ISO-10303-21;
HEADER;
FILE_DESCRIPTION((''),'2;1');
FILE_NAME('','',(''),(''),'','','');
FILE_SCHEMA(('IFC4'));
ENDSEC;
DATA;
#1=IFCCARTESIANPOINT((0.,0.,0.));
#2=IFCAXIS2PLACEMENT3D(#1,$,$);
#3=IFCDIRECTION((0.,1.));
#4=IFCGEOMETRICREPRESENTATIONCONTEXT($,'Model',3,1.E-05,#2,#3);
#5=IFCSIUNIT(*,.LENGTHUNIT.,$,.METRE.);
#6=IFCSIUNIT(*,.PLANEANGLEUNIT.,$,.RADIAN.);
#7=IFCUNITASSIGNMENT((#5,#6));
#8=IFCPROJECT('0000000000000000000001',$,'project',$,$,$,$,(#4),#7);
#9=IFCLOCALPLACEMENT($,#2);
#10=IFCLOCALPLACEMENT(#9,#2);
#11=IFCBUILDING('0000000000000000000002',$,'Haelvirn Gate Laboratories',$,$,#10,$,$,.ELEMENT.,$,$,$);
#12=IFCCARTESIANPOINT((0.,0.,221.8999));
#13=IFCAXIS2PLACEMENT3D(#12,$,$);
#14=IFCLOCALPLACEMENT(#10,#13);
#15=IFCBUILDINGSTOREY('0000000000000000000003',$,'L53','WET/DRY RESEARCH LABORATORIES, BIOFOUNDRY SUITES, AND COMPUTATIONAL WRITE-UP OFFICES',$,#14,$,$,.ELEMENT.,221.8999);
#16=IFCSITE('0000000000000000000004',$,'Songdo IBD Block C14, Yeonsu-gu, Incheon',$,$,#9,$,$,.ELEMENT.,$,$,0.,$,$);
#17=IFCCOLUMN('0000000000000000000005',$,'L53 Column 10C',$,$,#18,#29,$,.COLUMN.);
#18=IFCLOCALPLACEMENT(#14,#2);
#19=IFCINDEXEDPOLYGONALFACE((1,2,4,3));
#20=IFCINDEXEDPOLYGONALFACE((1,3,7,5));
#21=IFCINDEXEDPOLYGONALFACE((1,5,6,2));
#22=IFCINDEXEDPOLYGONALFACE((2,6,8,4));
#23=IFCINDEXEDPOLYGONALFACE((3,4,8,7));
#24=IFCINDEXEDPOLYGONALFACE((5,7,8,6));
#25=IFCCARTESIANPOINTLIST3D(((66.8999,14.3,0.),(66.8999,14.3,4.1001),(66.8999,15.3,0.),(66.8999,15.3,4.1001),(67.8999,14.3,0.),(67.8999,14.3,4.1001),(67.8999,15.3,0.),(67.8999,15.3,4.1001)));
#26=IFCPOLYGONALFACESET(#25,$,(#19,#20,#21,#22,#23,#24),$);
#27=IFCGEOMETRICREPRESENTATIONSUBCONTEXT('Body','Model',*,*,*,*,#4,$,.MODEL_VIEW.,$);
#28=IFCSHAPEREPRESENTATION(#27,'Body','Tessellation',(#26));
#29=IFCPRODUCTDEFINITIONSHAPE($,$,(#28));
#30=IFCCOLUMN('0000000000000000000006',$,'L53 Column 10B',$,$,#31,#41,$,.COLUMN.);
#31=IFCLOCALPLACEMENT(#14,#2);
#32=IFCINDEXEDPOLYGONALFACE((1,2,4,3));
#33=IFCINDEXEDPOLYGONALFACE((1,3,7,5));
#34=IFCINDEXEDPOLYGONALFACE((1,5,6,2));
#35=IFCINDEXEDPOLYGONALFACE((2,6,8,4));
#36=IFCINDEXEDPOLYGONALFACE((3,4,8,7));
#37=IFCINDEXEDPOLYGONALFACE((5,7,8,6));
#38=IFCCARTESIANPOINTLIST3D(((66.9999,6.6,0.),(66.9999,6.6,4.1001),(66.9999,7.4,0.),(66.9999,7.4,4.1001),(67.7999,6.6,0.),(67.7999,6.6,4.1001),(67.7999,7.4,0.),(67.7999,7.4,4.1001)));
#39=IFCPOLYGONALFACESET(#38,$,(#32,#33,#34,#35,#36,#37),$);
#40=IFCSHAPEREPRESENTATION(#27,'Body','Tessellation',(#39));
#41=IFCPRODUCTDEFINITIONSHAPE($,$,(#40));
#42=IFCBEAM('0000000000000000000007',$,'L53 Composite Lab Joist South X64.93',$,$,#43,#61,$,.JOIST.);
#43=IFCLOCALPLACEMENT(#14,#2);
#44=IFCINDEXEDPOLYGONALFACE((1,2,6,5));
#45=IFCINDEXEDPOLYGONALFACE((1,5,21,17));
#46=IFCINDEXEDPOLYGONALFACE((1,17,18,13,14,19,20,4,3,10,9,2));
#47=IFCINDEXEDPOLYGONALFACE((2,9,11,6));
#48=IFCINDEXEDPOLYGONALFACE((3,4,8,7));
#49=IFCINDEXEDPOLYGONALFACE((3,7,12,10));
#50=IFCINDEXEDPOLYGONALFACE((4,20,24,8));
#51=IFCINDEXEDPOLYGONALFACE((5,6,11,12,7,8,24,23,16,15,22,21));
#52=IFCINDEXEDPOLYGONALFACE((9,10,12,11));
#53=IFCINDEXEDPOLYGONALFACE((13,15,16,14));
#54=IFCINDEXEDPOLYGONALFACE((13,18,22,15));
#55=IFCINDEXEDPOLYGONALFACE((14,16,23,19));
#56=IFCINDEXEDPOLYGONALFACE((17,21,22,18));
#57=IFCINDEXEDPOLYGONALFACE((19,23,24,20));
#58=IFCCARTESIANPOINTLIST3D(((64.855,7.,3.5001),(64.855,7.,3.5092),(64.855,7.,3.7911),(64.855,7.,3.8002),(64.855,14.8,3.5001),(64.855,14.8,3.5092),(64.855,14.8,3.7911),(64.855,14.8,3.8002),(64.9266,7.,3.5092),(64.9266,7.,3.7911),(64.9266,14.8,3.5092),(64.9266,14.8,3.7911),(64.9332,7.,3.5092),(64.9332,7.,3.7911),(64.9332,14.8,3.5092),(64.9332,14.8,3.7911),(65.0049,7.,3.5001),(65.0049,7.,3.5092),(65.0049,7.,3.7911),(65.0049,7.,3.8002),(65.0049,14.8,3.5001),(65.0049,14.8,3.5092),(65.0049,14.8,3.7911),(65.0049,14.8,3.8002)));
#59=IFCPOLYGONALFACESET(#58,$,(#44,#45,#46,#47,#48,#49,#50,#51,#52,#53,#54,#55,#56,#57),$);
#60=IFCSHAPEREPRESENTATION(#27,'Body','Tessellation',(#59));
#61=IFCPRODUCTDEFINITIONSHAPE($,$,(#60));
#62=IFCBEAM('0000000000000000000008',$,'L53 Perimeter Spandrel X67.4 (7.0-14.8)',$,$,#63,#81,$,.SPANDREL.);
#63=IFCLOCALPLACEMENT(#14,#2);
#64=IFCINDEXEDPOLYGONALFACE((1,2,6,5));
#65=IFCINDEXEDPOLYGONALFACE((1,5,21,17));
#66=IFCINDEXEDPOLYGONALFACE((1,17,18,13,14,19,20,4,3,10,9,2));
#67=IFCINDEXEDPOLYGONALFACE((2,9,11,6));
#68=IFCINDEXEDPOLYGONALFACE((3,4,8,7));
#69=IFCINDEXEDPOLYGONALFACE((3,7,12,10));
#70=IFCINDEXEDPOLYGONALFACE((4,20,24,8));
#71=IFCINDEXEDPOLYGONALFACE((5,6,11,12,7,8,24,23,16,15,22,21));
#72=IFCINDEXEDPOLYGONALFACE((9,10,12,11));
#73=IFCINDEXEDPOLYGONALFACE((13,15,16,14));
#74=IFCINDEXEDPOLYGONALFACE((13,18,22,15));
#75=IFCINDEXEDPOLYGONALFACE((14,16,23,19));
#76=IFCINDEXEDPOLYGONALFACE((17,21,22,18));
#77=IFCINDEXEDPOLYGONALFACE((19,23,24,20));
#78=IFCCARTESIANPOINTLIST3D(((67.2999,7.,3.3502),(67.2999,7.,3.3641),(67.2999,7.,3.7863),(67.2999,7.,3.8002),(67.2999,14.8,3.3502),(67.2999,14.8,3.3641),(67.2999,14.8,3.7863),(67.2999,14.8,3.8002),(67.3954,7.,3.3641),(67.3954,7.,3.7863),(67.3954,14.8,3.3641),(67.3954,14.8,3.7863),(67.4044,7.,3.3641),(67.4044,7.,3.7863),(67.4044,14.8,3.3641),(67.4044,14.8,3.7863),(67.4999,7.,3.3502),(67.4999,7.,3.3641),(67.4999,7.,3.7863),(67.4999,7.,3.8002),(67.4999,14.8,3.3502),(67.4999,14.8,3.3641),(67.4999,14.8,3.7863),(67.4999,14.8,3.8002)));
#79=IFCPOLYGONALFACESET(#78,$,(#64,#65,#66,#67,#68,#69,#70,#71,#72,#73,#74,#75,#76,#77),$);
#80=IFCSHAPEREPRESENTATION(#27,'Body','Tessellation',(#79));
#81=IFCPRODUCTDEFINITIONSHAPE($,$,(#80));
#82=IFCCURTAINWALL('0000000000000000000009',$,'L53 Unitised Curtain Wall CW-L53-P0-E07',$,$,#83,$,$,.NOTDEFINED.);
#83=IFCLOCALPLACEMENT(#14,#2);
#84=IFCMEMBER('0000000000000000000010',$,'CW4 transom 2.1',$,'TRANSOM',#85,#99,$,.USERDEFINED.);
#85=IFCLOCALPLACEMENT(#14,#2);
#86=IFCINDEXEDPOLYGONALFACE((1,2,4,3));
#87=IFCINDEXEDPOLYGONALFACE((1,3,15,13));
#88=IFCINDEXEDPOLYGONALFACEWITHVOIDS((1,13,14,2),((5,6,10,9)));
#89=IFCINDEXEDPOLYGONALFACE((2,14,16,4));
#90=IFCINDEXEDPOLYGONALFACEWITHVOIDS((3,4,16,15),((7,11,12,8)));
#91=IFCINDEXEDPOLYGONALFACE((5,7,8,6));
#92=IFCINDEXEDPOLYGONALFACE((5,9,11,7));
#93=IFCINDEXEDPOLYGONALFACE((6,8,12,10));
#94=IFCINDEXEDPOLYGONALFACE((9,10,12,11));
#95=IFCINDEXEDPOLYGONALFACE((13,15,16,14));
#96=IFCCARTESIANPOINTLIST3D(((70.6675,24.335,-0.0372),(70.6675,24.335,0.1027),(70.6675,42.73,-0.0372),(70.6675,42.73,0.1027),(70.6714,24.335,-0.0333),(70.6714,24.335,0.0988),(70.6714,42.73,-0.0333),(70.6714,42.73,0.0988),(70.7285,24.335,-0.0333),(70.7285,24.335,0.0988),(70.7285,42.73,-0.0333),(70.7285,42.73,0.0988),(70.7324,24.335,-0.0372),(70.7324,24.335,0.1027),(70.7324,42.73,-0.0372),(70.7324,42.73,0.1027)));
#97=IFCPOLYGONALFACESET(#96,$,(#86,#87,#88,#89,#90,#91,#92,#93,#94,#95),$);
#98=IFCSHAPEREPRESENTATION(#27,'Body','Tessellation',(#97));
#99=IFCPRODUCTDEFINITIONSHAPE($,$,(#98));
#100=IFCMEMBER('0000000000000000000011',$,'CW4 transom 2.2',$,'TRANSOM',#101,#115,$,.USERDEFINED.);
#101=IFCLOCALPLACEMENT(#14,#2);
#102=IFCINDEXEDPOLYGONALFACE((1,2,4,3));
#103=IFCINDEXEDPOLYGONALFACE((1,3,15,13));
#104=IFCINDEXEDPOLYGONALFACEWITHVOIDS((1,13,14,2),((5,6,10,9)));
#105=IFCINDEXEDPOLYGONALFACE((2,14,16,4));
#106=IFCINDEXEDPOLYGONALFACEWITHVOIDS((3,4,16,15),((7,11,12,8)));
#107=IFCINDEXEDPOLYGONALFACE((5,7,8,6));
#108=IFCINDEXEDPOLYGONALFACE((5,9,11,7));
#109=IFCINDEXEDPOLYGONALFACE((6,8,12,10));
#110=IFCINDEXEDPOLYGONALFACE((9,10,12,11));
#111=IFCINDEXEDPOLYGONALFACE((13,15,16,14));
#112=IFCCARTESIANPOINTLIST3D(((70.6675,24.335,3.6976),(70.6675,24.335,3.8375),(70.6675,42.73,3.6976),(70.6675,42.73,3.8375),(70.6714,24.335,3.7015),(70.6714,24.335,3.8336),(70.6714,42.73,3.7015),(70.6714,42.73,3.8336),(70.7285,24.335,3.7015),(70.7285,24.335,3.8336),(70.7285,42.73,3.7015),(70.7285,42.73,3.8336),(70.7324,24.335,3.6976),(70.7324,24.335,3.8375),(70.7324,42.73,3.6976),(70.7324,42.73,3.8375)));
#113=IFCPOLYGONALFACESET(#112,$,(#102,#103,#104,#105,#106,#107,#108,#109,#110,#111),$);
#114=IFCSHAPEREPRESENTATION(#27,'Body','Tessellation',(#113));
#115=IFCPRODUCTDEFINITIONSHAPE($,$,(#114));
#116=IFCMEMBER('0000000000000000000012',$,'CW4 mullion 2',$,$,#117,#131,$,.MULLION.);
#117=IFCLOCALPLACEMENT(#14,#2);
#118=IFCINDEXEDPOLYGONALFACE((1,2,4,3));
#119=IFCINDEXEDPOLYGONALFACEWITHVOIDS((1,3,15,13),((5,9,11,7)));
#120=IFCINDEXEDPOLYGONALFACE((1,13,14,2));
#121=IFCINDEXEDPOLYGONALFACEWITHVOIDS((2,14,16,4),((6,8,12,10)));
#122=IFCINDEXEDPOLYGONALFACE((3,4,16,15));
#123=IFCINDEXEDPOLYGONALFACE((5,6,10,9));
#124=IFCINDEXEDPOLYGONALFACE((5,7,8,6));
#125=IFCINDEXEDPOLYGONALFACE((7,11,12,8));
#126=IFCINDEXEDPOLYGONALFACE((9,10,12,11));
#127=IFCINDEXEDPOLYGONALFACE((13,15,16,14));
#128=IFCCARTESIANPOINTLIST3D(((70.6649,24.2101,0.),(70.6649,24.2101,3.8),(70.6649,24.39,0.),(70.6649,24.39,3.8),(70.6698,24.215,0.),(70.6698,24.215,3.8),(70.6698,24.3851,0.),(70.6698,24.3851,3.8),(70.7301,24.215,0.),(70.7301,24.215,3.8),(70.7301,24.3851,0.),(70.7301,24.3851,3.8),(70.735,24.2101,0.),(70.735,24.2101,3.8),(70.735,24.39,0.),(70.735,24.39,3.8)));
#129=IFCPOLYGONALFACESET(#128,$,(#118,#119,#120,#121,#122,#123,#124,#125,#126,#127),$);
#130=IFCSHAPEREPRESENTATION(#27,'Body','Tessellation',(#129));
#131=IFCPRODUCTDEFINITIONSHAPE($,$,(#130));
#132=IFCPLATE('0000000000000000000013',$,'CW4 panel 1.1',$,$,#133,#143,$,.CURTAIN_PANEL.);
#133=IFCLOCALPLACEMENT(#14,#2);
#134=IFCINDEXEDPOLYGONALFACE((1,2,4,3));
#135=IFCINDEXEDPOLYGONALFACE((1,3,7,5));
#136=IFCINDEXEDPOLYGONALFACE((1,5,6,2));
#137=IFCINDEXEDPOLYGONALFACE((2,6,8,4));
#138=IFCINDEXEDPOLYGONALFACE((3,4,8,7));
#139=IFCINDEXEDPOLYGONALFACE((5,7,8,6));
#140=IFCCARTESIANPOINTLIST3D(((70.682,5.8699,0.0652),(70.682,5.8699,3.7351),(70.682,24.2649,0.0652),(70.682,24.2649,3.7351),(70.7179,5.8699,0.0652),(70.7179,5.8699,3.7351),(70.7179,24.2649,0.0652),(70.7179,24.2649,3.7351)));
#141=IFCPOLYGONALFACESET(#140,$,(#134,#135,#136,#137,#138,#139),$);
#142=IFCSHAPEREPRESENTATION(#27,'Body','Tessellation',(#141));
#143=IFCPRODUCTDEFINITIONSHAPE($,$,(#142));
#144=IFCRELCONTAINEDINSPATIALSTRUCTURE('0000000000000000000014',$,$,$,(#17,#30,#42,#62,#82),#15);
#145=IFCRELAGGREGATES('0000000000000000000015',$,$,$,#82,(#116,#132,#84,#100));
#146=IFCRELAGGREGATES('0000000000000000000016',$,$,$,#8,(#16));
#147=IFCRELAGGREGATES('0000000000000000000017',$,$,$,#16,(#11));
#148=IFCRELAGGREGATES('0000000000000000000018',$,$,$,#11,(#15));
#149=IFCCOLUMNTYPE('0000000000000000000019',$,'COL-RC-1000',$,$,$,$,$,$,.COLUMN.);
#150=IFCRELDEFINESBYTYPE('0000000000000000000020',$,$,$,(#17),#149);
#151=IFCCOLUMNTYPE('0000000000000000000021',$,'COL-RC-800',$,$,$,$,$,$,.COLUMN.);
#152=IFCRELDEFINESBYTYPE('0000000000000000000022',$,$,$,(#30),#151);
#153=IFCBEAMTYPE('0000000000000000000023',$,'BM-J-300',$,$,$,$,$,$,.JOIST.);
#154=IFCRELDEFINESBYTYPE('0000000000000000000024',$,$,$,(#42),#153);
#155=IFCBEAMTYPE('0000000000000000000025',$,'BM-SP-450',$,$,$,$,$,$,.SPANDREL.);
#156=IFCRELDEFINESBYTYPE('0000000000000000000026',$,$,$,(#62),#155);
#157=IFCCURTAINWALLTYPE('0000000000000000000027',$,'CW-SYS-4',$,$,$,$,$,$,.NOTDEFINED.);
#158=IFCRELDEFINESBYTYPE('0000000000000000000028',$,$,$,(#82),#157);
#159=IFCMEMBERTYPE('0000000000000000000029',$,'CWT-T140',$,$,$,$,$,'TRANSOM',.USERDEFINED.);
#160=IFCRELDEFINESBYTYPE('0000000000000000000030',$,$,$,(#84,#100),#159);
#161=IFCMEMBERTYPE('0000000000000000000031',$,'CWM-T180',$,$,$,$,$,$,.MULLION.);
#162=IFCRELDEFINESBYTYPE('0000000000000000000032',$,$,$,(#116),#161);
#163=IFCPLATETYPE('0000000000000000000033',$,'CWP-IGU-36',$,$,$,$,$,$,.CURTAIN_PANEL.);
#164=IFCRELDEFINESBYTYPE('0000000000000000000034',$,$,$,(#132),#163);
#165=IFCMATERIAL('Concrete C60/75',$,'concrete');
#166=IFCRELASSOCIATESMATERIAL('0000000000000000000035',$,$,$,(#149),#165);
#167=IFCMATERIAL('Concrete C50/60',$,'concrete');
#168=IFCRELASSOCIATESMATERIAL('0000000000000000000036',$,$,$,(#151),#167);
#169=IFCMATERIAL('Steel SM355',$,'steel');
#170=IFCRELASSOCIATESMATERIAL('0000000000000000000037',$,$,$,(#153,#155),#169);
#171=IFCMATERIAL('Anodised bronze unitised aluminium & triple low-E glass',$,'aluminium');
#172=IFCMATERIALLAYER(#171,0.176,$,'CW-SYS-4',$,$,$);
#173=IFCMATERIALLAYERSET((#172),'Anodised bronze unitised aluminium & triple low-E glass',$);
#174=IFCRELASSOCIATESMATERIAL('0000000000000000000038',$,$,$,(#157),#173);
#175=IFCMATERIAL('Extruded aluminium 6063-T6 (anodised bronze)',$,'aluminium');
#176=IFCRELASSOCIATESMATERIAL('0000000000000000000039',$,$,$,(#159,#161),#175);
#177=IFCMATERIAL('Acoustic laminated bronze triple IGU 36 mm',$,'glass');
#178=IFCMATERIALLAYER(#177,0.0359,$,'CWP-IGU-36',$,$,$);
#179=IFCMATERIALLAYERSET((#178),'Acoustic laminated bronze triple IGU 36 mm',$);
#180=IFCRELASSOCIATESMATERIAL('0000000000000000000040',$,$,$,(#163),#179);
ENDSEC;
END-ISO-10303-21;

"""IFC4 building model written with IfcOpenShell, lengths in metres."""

from ifc_helpers import new_model, si_unit, direction, frame, origin, origin_2d, place, context, subcontext, project, spatial, rectangle, hollow_rectangle, i_section, extrude, source, transform, mapped, material, layer, layer_set, material_profile, profile_set, type_object, type_shapes, element, aggregate, save


model = new_model("IFC4")

# Units and contexts
model_context = context("Model", 3, precision=1e-05, world=origin(), true_north=direction((0.0, 1.0)))
body_context = subcontext(model_context, "Body", "Model", "MODEL_VIEW")
ifc_project = project(units=[si_unit("LENGTHUNIT", "METRE"), si_unit("PLANEANGLEUNIT", "RADIAN")], contexts=[model_context])

# Site, building, storey
site_placement = place(None, origin())
site = spatial("IfcSite", under=ifc_project, at=site_placement, Name="Songdo IBD Block C14, Yeonsu-gu, Incheon", CompositionType="ELEMENT", RefElevation=0.0)
building_placement = place(site_placement, origin())
building = spatial("IfcBuilding", under=site, at=building_placement, Name="Haelvirn Gate Laboratories", CompositionType="ELEMENT")
storey_placement = place(building_placement, frame((0.0, 0.0, 221.8999)))
storey = spatial("IfcBuildingStorey", under=building, at=storey_placement, Name="L53", Description="WET/DRY RESEARCH LABORATORIES, BIOFOUNDRY SUITES, AND COMPUTATIONAL WRITE-UP OFFICES", CompositionType="ELEMENT", Elevation=221.8999)

# Columns
ifc_material_1 = material(Name="Concrete C60/75", Category="concrete")
ifc_material_profile_1 = material_profile(ifc_material_1, rectangle(XDim=1.0, YDim=1.0, at=origin_2d()), Name="RC-1000x1000")
ifc_profile_set_1 = profile_set([ifc_material_profile_1], Name="Concrete C60/75")
column_type_1 = type_object("IfcColumnType", Name="COL-RC-1000", PredefinedType="COLUMN", material=ifc_profile_set_1)
shared_shape_1 = source(origin(), body_context, "Body", "SweptSolid", [
    extrude(rectangle(XDim=1.0, YDim=1.0, at=origin_2d()), origin(), (0.0, 0.0, 1.0), 4.1001),
])
type_shapes(column_type_1, [shared_shape_1])
column_1_placement = place(storey_placement, frame((67.3999, 14.8, 0.0), z_axis=(0.0, 0.0, 1.0), x_axis=(1.0, 0.0, 0.0)))
element("IfcColumn", 1, at=column_1_placement, inside=storey, type_object=column_type_1, Name="L53 Column 10C", PredefinedType="COLUMN", context=body_context, shape_type="MappedRepresentation", body=[
    mapped(shared_shape_1, transform((0.0, 0.0, 0.0), scale=1.0)),
])
ifc_material_2 = material(Name="Concrete C50/60", Category="concrete")
ifc_material_profile_2 = material_profile(ifc_material_2, rectangle(XDim=0.8, YDim=0.8, at=origin_2d()), Name="RC-800x800")
ifc_profile_set_2 = profile_set([ifc_material_profile_2], Name="Concrete C50/60")
column_type_2 = type_object("IfcColumnType", Name="COL-RC-800", PredefinedType="COLUMN", material=ifc_profile_set_2)
shared_shape_2 = source(origin(), body_context, "Body", "SweptSolid", [
    extrude(rectangle(XDim=0.8, YDim=0.8, at=origin_2d()), origin(), (0.0, 0.0, 1.0), 4.1001),
])
type_shapes(column_type_2, [shared_shape_2])
column_2_placement = place(storey_placement, frame((67.3999, 7.0, 0.0), z_axis=(0.0, 0.0, 1.0), x_axis=(1.0, 0.0, 0.0)))
element("IfcColumn", 2, at=column_2_placement, inside=storey, type_object=column_type_2, Name="L53 Column 10B", PredefinedType="COLUMN", context=body_context, shape_type="MappedRepresentation", body=[
    mapped(shared_shape_2, transform((0.0, 0.0, 0.0), scale=1.0)),
])

# Beams
ifc_material_3 = material(Name="Steel SM355", Category="steel")
ifc_material_profile_3 = material_profile(ifc_material_3, i_section(OverallWidth=0.1499, OverallDepth=0.3, WebThickness=0.0066, FlangeThickness=0.009, at=origin_2d()), Name="H-300x150x6.5x9")
ifc_profile_set_3 = profile_set([ifc_material_profile_3], Name="Steel SM355")
beam_type_1 = type_object("IfcBeamType", Name="BM-J-300", PredefinedType="JOIST", material=ifc_profile_set_3)
shared_shape_3 = source(origin(), body_context, "Body", "SweptSolid", [
    extrude(i_section(OverallWidth=0.1499, OverallDepth=0.3, WebThickness=0.0066, FlangeThickness=0.009, at=origin_2d()), origin(), (0.0, 0.0, 1.0), 7.8),
])
type_shapes(beam_type_1, [shared_shape_3])
beam_1_placement = place(storey_placement, frame((64.9299, 7.0, 3.6501), z_axis=(0.0, 1.0, 0.0), x_axis=(-1.0, 0.0, 0.0)))
element("IfcBeam", 3, at=beam_1_placement, inside=storey, type_object=beam_type_1, Name="L53 Composite Lab Joist South X64.93", PredefinedType="JOIST", context=body_context, shape_type="MappedRepresentation", body=[
    mapped(shared_shape_3, transform((0.0, 0.0, 0.0), scale=1.0)),
])
ifc_material_profile_4 = material_profile(ifc_material_3, i_section(OverallWidth=0.2, OverallDepth=0.45, WebThickness=0.009, FlangeThickness=0.0139, at=origin_2d()), Name="H-450x200x9x14")
ifc_profile_set_4 = profile_set([ifc_material_profile_4], Name="Steel SM355")
beam_type_2 = type_object("IfcBeamType", Name="BM-SP-450", PredefinedType="SPANDREL", material=ifc_profile_set_4)
shared_shape_4 = source(origin(), body_context, "Body", "SweptSolid", [
    extrude(i_section(OverallWidth=0.2, OverallDepth=0.45, WebThickness=0.009, FlangeThickness=0.0139, at=origin_2d()), origin(), (0.0, 0.0, 1.0), 7.8),
])
type_shapes(beam_type_2, [shared_shape_4])
beam_2_placement = place(storey_placement, frame((67.3999, 7.0, 3.5752), z_axis=(0.0, 1.0, 0.0), x_axis=(-1.0, 0.0, 0.0)))
element("IfcBeam", 4, at=beam_2_placement, inside=storey, type_object=beam_type_2, Name="L53 Perimeter Spandrel X67.4 (7.0-14.8)", PredefinedType="SPANDREL", context=body_context, shape_type="MappedRepresentation", body=[
    mapped(shared_shape_4, transform((0.0, 0.0, 0.0), scale=1.0)),
])

# Curtain wall, members, plate
ifc_material_4 = material(Name="Anodised bronze unitised aluminium & triple low-E glass", Category="aluminium")
ifc_layer_1 = layer(ifc_material_4, 0.176, Name="CW-SYS-4")
ifc_layer_set_1 = layer_set([ifc_layer_1], Name="Anodised bronze unitised aluminium & triple low-E glass")
curtain_wall_type = type_object("IfcCurtainWallType", Name="CW-SYS-4", PredefinedType="NOTDEFINED", material=ifc_layer_set_1)
curtain_wall_placement = place(storey_placement, origin())
curtain_wall = element("IfcCurtainWall", 5, at=curtain_wall_placement, inside=storey, type_object=curtain_wall_type, Name="L53 Unitised Curtain Wall CW-L53-P0-E07", PredefinedType="NOTDEFINED")
ifc_material_5 = material(Name="Extruded aluminium 6063-T6 (anodised bronze)", Category="aluminium")
ifc_material_profile_5 = material_profile(ifc_material_5, hollow_rectangle(XDim=0.0649, YDim=0.1399, WallThickness=0.0039, at=origin_2d()), Name="CWT-140x65x4")
ifc_profile_set_5 = profile_set([ifc_material_profile_5], Name="Extruded aluminium 6063-T6 (anodised bronze)")
member_type_1 = type_object("IfcMemberType", Name="CWT-T140", ElementType="TRANSOM", PredefinedType="USERDEFINED", material=ifc_profile_set_5)
shared_shape_5 = source(origin(), body_context, "Body", "SweptSolid", [
    extrude(hollow_rectangle(XDim=0.0649, YDim=0.1399, WallThickness=0.0039, at=origin_2d()), origin(), (0.0, 0.0, 1.0), 18.395),
])
type_shapes(member_type_1, [shared_shape_5])
member_1_placement = place(storey_placement, frame((70.7, 24.335, 0.0327), z_axis=(0.0, 1.0, 0.0), x_axis=(-1.0, 0.0, 0.0)))
member_1 = element("IfcMember", 6, at=member_1_placement, type_object=member_type_1, Name="CW4 transom 2.1", ObjectType="TRANSOM", PredefinedType="USERDEFINED", context=body_context, shape_type="MappedRepresentation", body=[
    mapped(shared_shape_5, transform((0.0, 0.0, 0.0), scale=1.0)),
])
member_2_placement = place(storey_placement, frame((70.7, 24.335, 3.7676), z_axis=(0.0, 1.0, 0.0), x_axis=(-1.0, 0.0, 0.0)))
member_2 = element("IfcMember", 7, at=member_2_placement, type_object=member_type_1, Name="CW4 transom 2.2", ObjectType="TRANSOM", PredefinedType="USERDEFINED", context=body_context, shape_type="MappedRepresentation", body=[
    mapped(shared_shape_5, transform((0.0, 0.0, 0.0), scale=1.0)),
])
ifc_material_profile_6 = material_profile(ifc_material_5, hollow_rectangle(XDim=0.0701, YDim=0.1799, WallThickness=0.0049, at=origin_2d()), Name="CWM-180x70x5")
ifc_profile_set_6 = profile_set([ifc_material_profile_6], Name="Extruded aluminium 6063-T6 (anodised bronze)")
member_type_2 = type_object("IfcMemberType", Name="CWM-T180", PredefinedType="MULLION", material=ifc_profile_set_6)
shared_shape_6 = source(origin(), body_context, "Body", "SweptSolid", [
    extrude(hollow_rectangle(XDim=0.0701, YDim=0.1799, WallThickness=0.0049, at=origin_2d()), origin(), (0.0, 0.0, 1.0), 3.8),
])
type_shapes(member_type_2, [shared_shape_6])
member_3_placement = place(storey_placement, frame((70.7, 24.3, 0.0), z_axis=(0.0, 0.0, 1.0), x_axis=(-1.0, 0.0, 0.0)))
member_3 = element("IfcMember", 8, at=member_3_placement, type_object=member_type_2, Name="CW4 mullion 2", PredefinedType="MULLION", context=body_context, shape_type="MappedRepresentation", body=[
    mapped(shared_shape_6, transform((0.0, 0.0, 0.0), scale=1.0)),
])
ifc_material_6 = material(Name="Acoustic laminated bronze triple IGU 36 mm", Category="glass")
ifc_layer_2 = layer(ifc_material_6, 0.0359, Name="CWP-IGU-36")
ifc_layer_set_2 = layer_set([ifc_layer_2], Name="Acoustic laminated bronze triple IGU 36 mm")
plate_type = type_object("IfcPlateType", Name="CWP-IGU-36", PredefinedType="CURTAIN_PANEL", material=ifc_layer_set_2)
shared_shape_7 = source(origin(), body_context, "Body", "SweptSolid", [
    extrude(rectangle(XDim=18.395, YDim=0.0359, at=origin_2d()), origin(), (0.0, 0.0, 1.0), 3.6699),
])
type_shapes(plate_type, [shared_shape_7])
plate_placement = place(storey_placement, frame((70.7, 15.0674, 0.0652), z_axis=(0.0, 0.0, 1.0), x_axis=(0.0, 1.0, 0.0)))
plate = element("IfcPlate", 9, at=plate_placement, type_object=plate_type, Name="CW4 panel 1.1", PredefinedType="CURTAIN_PANEL", context=body_context, shape_type="MappedRepresentation", body=[
    mapped(shared_shape_7, transform((0.0, 0.0, 0.0), scale=1.0)),
])
aggregate(curtain_wall, [member_3, plate, member_1, member_2])

save(model, "model.ifc")
